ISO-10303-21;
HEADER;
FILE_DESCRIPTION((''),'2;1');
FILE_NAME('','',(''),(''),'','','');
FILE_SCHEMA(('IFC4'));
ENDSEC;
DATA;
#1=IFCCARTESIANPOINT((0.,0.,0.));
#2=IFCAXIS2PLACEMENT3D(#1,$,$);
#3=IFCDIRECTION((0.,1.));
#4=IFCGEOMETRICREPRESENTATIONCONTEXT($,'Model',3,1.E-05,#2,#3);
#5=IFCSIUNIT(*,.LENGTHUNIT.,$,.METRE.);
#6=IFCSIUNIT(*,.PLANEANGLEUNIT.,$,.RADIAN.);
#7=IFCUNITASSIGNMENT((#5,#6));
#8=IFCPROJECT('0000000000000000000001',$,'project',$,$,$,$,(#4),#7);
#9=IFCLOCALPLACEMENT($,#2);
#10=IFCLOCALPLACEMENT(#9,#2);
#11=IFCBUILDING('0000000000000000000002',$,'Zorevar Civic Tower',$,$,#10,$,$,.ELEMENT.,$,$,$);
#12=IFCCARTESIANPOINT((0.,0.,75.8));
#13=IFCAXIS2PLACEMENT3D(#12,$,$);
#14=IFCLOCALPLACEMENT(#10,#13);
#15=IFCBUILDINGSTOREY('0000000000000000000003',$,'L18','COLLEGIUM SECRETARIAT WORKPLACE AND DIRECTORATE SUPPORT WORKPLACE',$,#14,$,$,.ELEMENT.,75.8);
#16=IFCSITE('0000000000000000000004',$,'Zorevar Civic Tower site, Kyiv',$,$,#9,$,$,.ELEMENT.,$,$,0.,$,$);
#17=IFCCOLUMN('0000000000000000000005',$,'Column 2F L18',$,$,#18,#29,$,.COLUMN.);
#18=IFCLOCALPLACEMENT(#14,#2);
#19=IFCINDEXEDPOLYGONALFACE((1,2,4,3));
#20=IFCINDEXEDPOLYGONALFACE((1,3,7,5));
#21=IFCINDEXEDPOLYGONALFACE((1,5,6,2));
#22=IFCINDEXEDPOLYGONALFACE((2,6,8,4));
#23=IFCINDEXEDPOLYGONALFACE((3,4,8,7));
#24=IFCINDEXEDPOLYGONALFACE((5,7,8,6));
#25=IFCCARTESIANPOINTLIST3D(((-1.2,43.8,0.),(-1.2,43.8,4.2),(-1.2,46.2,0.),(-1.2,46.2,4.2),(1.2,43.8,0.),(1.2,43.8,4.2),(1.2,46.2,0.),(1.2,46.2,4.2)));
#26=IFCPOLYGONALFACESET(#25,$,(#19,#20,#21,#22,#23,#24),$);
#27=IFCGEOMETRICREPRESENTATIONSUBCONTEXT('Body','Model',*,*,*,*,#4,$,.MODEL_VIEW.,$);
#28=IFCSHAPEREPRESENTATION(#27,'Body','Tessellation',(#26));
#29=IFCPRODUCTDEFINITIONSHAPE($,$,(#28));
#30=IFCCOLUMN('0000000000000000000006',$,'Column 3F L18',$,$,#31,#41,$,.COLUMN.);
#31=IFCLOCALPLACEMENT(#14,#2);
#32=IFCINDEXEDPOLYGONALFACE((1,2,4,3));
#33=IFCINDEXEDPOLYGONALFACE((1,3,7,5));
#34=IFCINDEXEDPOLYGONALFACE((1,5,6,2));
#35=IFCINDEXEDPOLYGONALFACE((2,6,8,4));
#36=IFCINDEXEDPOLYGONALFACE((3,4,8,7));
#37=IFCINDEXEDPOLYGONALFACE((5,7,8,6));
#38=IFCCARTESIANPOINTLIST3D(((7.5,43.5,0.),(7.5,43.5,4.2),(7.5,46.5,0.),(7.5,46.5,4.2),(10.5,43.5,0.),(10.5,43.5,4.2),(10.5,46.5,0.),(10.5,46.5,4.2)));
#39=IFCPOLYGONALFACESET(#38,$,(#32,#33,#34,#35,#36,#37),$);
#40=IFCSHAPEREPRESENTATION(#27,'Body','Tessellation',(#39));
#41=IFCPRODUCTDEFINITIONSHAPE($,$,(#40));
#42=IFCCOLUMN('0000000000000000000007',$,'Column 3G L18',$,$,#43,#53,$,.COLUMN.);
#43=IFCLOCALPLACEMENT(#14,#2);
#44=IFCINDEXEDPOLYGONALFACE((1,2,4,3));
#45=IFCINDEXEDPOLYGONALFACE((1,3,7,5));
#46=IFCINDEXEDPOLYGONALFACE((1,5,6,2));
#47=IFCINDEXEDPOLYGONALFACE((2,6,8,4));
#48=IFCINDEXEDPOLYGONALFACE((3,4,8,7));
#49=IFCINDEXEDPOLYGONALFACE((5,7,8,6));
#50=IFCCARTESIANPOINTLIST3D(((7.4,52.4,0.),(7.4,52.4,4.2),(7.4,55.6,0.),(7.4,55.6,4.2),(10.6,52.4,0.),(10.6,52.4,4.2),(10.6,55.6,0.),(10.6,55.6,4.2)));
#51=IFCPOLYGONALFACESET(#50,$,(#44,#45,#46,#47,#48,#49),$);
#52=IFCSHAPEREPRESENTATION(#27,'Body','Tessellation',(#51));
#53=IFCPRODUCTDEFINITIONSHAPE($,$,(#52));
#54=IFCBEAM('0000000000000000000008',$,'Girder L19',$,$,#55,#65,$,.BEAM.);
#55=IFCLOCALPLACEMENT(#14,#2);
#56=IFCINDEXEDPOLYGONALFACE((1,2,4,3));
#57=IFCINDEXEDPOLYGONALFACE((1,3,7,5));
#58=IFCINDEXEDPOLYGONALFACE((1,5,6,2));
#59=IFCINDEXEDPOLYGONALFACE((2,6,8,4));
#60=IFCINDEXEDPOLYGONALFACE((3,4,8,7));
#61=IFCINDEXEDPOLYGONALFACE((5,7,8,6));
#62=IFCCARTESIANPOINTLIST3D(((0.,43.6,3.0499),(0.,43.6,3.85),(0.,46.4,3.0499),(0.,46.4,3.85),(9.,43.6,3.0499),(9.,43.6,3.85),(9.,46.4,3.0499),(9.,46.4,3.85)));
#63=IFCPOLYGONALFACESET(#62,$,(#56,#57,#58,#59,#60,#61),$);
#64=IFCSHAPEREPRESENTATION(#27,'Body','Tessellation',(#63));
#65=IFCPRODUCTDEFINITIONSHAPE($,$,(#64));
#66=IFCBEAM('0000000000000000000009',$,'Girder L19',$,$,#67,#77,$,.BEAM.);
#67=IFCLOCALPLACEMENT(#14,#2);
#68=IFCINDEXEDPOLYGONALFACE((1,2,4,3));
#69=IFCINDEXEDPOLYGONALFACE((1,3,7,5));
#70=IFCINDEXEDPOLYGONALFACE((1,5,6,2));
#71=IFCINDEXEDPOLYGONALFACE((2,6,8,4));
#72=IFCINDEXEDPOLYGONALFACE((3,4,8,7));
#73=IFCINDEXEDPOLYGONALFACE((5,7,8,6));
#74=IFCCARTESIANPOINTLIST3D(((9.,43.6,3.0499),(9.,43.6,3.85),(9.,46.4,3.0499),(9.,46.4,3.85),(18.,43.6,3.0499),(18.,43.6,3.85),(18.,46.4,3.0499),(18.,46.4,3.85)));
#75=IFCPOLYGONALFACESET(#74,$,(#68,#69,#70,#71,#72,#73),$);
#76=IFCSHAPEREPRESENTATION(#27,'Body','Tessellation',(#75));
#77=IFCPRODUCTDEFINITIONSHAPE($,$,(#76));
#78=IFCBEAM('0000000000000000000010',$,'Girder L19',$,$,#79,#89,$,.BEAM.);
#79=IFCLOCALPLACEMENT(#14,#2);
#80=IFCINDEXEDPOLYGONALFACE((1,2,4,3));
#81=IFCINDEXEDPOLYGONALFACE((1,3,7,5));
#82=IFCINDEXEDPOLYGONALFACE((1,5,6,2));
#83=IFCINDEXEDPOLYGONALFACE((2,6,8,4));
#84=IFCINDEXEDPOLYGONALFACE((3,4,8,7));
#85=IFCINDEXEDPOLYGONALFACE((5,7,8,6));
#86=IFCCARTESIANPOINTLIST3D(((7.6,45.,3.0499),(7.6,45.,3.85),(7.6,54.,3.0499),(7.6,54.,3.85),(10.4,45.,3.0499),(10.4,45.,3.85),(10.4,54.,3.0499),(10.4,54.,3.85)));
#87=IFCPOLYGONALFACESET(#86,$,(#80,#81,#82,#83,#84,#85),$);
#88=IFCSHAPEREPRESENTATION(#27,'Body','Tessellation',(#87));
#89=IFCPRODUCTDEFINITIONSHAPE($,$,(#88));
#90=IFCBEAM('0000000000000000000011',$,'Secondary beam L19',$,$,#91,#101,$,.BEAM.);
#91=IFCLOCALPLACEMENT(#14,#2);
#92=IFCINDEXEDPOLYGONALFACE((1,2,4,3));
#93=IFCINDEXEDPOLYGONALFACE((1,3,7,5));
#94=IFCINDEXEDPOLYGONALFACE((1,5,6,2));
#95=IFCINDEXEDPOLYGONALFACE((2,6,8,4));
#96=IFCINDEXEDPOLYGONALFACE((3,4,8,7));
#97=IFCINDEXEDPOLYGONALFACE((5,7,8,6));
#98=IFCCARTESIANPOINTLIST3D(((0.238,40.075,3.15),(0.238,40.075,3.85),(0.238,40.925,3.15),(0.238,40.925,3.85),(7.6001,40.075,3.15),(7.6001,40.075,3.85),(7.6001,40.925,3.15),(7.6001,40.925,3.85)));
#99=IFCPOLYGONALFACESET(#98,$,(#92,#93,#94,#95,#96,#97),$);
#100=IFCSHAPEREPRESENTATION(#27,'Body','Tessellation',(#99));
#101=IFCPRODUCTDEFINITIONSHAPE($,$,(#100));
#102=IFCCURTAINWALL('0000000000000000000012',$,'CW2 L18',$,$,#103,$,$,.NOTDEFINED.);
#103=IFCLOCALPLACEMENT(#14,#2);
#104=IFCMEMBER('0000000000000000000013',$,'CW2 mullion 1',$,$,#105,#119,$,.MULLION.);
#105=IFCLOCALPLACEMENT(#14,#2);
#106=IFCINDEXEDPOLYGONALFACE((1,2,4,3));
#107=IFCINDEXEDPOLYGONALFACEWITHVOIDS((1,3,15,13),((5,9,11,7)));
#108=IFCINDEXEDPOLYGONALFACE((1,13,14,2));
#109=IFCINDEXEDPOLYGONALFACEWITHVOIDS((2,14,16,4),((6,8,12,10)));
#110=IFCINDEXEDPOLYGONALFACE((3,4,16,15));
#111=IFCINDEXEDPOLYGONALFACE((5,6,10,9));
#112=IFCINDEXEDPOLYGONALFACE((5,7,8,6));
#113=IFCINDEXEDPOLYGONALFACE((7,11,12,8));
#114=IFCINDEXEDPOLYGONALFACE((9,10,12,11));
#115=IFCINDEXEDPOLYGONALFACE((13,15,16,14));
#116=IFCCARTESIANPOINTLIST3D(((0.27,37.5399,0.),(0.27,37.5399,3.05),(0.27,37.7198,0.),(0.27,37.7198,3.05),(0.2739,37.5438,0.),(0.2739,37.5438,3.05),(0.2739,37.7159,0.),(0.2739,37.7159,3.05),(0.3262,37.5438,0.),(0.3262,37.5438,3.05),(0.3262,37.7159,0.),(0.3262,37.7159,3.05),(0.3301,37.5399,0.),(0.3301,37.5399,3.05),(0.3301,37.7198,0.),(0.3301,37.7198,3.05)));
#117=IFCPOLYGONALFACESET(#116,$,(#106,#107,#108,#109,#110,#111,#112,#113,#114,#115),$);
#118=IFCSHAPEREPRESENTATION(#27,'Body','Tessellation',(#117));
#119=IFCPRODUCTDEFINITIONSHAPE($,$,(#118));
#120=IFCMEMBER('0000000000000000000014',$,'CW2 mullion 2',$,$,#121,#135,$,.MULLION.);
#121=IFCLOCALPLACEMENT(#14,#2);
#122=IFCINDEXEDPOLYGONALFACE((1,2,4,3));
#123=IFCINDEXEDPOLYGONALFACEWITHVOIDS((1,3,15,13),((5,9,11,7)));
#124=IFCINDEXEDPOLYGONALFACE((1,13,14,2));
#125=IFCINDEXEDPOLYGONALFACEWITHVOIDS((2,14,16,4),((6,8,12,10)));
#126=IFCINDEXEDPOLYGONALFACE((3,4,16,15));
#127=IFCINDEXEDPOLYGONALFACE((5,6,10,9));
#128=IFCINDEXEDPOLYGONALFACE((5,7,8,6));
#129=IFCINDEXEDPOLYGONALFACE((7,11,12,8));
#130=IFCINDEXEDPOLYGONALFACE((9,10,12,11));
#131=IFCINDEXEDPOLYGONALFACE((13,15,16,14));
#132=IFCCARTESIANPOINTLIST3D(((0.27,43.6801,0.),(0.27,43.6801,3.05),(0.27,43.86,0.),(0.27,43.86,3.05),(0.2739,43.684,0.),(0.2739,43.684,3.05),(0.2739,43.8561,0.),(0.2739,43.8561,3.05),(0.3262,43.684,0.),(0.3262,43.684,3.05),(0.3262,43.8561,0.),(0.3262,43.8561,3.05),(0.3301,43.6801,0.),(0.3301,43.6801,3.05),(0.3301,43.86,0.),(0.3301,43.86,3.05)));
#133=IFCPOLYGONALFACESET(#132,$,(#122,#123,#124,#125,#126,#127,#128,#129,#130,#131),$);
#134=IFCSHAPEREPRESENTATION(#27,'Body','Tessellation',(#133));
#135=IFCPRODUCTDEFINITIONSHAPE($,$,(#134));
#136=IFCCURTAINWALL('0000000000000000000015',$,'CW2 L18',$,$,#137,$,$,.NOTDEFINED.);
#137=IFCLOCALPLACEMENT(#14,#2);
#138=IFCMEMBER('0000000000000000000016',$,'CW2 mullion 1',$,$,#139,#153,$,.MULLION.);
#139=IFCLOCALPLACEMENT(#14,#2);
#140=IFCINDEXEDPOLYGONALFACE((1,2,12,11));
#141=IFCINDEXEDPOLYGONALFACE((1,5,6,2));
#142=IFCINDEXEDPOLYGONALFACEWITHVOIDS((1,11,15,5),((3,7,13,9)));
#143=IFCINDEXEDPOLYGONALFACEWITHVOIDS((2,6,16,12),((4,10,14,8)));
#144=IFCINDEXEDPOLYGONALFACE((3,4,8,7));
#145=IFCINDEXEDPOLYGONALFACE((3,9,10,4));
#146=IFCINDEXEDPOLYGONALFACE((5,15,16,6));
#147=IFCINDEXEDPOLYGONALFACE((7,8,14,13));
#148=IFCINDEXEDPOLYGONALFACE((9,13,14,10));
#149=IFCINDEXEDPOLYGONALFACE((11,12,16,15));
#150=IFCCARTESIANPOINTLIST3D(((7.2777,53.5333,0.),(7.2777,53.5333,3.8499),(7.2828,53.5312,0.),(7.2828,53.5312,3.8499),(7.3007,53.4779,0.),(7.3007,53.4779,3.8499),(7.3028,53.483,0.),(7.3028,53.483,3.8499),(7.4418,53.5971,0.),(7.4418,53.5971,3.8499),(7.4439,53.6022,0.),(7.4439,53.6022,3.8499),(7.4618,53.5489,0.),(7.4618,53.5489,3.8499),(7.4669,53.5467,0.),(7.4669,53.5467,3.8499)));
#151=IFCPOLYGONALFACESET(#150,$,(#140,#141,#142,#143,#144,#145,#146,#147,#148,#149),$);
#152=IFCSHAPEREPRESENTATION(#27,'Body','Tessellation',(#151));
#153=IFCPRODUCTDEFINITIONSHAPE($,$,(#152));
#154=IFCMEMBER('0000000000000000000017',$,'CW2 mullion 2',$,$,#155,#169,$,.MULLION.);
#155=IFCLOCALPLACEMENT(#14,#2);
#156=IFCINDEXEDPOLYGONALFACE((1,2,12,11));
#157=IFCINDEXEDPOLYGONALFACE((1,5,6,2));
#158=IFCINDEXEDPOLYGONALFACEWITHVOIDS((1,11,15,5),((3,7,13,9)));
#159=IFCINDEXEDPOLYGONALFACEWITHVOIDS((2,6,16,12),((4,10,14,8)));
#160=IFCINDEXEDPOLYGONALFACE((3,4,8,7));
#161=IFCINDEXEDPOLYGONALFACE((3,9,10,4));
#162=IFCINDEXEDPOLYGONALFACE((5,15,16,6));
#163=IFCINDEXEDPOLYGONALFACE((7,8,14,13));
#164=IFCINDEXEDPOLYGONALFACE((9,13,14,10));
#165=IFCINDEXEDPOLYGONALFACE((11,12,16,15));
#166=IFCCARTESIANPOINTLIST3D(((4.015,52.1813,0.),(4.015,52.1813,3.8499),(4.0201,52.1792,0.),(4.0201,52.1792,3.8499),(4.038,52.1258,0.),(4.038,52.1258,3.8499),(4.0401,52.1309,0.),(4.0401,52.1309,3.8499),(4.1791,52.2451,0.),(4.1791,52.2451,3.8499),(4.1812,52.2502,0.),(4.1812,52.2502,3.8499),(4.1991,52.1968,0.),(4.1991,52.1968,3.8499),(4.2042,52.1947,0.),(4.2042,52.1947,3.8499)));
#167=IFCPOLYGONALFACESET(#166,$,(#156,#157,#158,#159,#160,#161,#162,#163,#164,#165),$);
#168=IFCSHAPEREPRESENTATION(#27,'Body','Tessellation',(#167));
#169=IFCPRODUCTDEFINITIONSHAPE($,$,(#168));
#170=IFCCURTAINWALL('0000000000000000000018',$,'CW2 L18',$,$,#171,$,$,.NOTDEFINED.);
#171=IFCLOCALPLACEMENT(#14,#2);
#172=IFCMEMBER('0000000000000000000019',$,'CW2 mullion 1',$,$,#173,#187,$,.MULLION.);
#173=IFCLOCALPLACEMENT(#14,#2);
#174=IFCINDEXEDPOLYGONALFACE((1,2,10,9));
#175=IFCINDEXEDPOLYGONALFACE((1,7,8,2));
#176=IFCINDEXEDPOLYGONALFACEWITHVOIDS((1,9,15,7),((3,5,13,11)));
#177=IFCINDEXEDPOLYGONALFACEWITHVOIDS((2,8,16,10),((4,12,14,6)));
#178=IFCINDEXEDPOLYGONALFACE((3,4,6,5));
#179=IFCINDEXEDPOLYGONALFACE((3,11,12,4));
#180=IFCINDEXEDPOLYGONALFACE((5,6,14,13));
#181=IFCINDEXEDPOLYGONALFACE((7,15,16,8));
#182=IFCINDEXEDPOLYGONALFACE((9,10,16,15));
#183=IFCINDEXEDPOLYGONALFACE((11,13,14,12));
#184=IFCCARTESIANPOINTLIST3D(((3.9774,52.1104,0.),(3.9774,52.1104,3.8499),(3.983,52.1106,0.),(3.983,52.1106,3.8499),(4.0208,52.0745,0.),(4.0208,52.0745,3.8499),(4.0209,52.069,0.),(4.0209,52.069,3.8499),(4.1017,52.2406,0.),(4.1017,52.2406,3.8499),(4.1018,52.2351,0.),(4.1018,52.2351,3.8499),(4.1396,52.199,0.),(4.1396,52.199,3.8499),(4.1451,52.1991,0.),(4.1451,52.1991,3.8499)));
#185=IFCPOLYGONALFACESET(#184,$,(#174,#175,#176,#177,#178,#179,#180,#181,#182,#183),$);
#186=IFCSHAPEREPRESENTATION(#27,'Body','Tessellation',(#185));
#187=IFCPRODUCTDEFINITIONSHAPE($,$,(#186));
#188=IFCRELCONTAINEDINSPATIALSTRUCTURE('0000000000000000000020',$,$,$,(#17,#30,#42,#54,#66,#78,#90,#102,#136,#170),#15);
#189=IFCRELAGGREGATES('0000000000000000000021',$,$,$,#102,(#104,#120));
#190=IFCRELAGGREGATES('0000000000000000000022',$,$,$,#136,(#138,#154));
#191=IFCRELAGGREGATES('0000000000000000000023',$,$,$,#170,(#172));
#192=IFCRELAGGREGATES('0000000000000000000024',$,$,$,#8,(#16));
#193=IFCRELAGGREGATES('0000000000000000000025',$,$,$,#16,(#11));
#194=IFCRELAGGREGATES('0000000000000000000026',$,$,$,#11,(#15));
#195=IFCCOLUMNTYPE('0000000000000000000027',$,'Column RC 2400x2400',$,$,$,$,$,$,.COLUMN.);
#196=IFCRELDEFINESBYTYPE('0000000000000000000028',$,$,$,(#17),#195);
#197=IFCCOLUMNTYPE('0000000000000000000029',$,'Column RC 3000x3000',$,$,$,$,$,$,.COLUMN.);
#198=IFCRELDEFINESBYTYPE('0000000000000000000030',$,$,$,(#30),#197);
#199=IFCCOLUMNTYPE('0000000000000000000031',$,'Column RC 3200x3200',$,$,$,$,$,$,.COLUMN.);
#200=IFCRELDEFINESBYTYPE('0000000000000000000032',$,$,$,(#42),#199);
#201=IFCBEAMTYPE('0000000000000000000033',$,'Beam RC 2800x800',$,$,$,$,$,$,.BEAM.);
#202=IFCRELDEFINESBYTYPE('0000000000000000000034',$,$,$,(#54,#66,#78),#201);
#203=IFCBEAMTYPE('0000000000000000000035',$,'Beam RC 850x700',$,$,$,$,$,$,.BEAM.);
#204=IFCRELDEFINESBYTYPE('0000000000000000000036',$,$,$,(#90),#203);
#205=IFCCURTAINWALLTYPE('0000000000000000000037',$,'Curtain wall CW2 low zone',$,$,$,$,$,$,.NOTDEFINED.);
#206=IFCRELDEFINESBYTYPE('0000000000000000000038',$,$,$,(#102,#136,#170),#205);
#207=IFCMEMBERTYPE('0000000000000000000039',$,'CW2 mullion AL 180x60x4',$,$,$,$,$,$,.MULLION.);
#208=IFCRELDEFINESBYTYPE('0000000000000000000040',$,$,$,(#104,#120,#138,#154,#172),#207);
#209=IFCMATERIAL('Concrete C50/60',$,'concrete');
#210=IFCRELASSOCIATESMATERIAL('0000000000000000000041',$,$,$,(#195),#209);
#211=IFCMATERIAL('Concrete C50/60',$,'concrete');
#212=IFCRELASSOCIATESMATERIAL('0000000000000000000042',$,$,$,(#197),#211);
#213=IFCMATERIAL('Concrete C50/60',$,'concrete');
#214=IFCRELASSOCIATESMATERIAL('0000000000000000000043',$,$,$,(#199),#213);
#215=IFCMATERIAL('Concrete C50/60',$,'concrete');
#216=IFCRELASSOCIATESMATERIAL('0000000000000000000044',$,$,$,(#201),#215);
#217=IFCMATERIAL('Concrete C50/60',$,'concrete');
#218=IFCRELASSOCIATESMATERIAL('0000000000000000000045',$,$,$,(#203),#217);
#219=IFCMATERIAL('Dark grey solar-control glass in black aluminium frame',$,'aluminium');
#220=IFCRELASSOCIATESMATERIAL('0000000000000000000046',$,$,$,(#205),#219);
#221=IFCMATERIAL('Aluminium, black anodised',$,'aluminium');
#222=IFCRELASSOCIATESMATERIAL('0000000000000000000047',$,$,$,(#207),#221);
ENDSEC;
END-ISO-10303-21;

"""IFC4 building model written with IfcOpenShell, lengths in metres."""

from ifc_helpers import new_model, si_unit, direction, frame, origin, origin_2d, place, context, subcontext, project, spatial, rectangle, hollow_rectangle, extrude, material, material_profile, profile_set, type_object, element, aggregate, save


model = new_model("IFC4")

# Units and contexts
model_context = context("Model", 3, precision=1e-05, world=origin(), true_north=direction((0.0, 1.0)))
body_context = subcontext(model_context, "Body", "Model", "MODEL_VIEW")
ifc_project = project(units=[si_unit("LENGTHUNIT", "METRE"), si_unit("PLANEANGLEUNIT", "RADIAN")], contexts=[model_context])

# Site, building, storey
site_placement = place(None, origin())
site = spatial("IfcSite", under=ifc_project, at=site_placement, Name="Zorevar Civic Tower site, Kyiv", CompositionType="ELEMENT", RefElevation=0.0)
building_placement = place(site_placement, origin())
building = spatial("IfcBuilding", under=site, at=building_placement, Name="Zorevar Civic Tower", CompositionType="ELEMENT")
storey_placement = place(building_placement, frame((0.0, 0.0, 75.8)))
storey = spatial("IfcBuildingStorey", under=building, at=storey_placement, Name="L18", Description="COLLEGIUM SECRETARIAT WORKPLACE AND DIRECTORATE SUPPORT WORKPLACE", CompositionType="ELEMENT", Elevation=75.8)

# Columns
ifc_material_1 = material(Name="Concrete C50/60", Category="concrete")
ifc_material_profile_1 = material_profile(ifc_material_1, rectangle(XDim=2.3999, YDim=2.3999, at=origin_2d()), Name="RC 2400x2400")
ifc_profile_set_1 = profile_set([ifc_material_profile_1], Name="Concrete C50/60")
column_type_1 = type_object("IfcColumnType", Name="Column RC 2400x2400", PredefinedType="COLUMN", material=ifc_profile_set_1)
column_1_placement = place(storey_placement, frame((0.0, 45.0, 0.0), z_axis=(0.0, 0.0, 1.0), x_axis=(1.0, 0.0, 0.0)))
element("IfcColumn", 1, at=column_1_placement, inside=storey, type_object=column_type_1, Name="Column 2F L18", PredefinedType="COLUMN", context=body_context, shape_type="SweptSolid", body=[
    extrude(rectangle(XDim=2.3999, YDim=2.3999, at=origin_2d()), origin(), (0.0, 0.0, 1.0), 4.2),
])
ifc_material_2 = material(Name="Concrete C50/60", Category="concrete")
ifc_material_profile_2 = material_profile(ifc_material_2, rectangle(XDim=3.0, YDim=3.0, at=origin_2d()), Name="RC 3000x3000")
ifc_profile_set_2 = profile_set([ifc_material_profile_2], Name="Concrete C50/60")
column_type_2 = type_object("IfcColumnType", Name="Column RC 3000x3000", PredefinedType="COLUMN", material=ifc_profile_set_2)
column_2_placement = place(storey_placement, frame((9.0, 45.0, 0.0), z_axis=(0.0, 0.0, 1.0), x_axis=(1.0, 0.0, 0.0)))
element("IfcColumn", 2, at=column_2_placement, inside=storey, type_object=column_type_2, Name="Column 3F L18", PredefinedType="COLUMN", context=body_context, shape_type="SweptSolid", body=[
    extrude(rectangle(XDim=3.0, YDim=3.0, at=origin_2d()), origin(), (0.0, 0.0, 1.0), 4.2),
])
ifc_material_3 = material(Name="Concrete C50/60", Category="concrete")
ifc_material_profile_3 = material_profile(ifc_material_3, rectangle(XDim=3.2, YDim=3.2, at=origin_2d()), Name="RC 3200x3200")
ifc_profile_set_3 = profile_set([ifc_material_profile_3], Name="Concrete C50/60")
column_type_3 = type_object("IfcColumnType", Name="Column RC 3200x3200", PredefinedType="COLUMN", material=ifc_profile_set_3)
column_3_placement = place(storey_placement, frame((9.0, 54.0, 0.0), z_axis=(0.0, 0.0, 1.0), x_axis=(1.0, 0.0, 0.0)))
element("IfcColumn", 3, at=column_3_placement, inside=storey, type_object=column_type_3, Name="Column 3G L18", PredefinedType="COLUMN", context=body_context, shape_type="SweptSolid", body=[
    extrude(rectangle(XDim=3.2, YDim=3.2, at=origin_2d()), origin(), (0.0, 0.0, 1.0), 4.2),
])

# Beams
ifc_material_4 = material(Name="Concrete C50/60", Category="concrete")
ifc_material_profile_4 = material_profile(ifc_material_4, rectangle(XDim=2.8, YDim=0.8, at=origin_2d()), Name="RC 2800x800")
ifc_profile_set_4 = profile_set([ifc_material_profile_4], Name="Concrete C50/60")
beam_type_1 = type_object("IfcBeamType", Name="Beam RC 2800x800", PredefinedType="BEAM", material=ifc_profile_set_4)
for number, where, z_axis, x_axis, name in (
    (4, (0.0, 45.0, 3.45), (1.0, 0.0, 0.0), (0.0, 1.0, 0.0), "Girder L19"),
    (5, (9.0, 45.0, 3.45), (1.0, 0.0, 0.0), (0.0, 1.0, 0.0), "Girder L19"),
    (6, (9.0, 45.0, 3.45), (0.0, 1.0, 0.0), (-1.0, 0.0, 0.0), "Girder L19"),
):
    element("IfcBeam", number, at=place(storey_placement, frame(where, z_axis=z_axis, x_axis=x_axis)), inside=storey, type_object=beam_type_1, Name=name, PredefinedType="BEAM", context=body_context, shape_type="SweptSolid", body=[
        extrude(rectangle(XDim=2.8, YDim=0.8, at=origin_2d()), origin(), (0.0, 0.0, 1.0), 9.0),
    ])
ifc_material_5 = material(Name="Concrete C50/60", Category="concrete")
ifc_material_profile_5 = material_profile(ifc_material_5, rectangle(XDim=0.8501, YDim=0.7, at=origin_2d()), Name="RC 850x700")
ifc_profile_set_5 = profile_set([ifc_material_profile_5], Name="Concrete C50/60")
beam_type_2 = type_object("IfcBeamType", Name="Beam RC 850x700", PredefinedType="BEAM", material=ifc_profile_set_5)
beam_placement = place(storey_placement, frame((0.238, 40.5, 3.5), z_axis=(1.0, 0.0, 0.0), x_axis=(0.0, 1.0, 0.0)))
element("IfcBeam", 7, at=beam_placement, inside=storey, type_object=beam_type_2, Name="Secondary beam L19", PredefinedType="BEAM", context=body_context, shape_type="SweptSolid", body=[
    extrude(rectangle(XDim=0.8501, YDim=0.7, at=origin_2d()), origin(), (0.0, 0.0, 1.0), 7.3621),
])

# Curtain walls, members
ifc_material_6 = material(Name="Dark grey solar-control glass in black aluminium frame", Category="aluminium")
curtain_wall_type = type_object("IfcCurtainWallType", Name="Curtain wall CW2 low zone", PredefinedType="NOTDEFINED", material=ifc_material_6)
curtain_wall_1_placement = place(storey_placement, origin())
curtain_wall_1 = element("IfcCurtainWall", 8, at=curtain_wall_1_placement, inside=storey, type_object=curtain_wall_type, Name="CW2 L18", PredefinedType="NOTDEFINED")
ifc_material_7 = material(Name="Aluminium, black anodised", Category="aluminium")
ifc_material_profile_6 = material_profile(ifc_material_7, hollow_rectangle(XDim=0.0601, YDim=0.1799, WallThickness=0.0039, at=origin_2d()), Name="AL 180x60x4")
ifc_profile_set_6 = profile_set([ifc_material_profile_6], Name="Aluminium, black anodised")
member_type_1 = type_object("IfcMemberType", Name="CW2 mullion AL 180x60x4", PredefinedType="MULLION", material=ifc_profile_set_6)
member_1_placement = place(storey_placement, frame((0.3, 37.6299, 0.0), z_axis=(0.0, 0.0, 1.0), x_axis=(-1.0, 0.0, 0.0)))
member_1 = element("IfcMember", 9, at=member_1_placement, type_object=member_type_1, Name="CW2 mullion 1", PredefinedType="MULLION", context=body_context, shape_type="SweptSolid", body=[
    extrude(hollow_rectangle(XDim=0.0601, YDim=0.1799, WallThickness=0.0039, at=origin_2d()), origin(), (0.0, 0.0, 1.0), 3.05),
])
member_2_placement = place(storey_placement, frame((0.3, 43.77, 0.0), z_axis=(0.0, 0.0, 1.0), x_axis=(-1.0, 0.0, 0.0)))
member_2 = element("IfcMember", 10, at=member_2_placement, type_object=member_type_1, Name="CW2 mullion 2", PredefinedType="MULLION", context=body_context, shape_type="SweptSolid", body=[
    extrude(hollow_rectangle(XDim=0.0601, YDim=0.1799, WallThickness=0.0039, at=origin_2d()), origin(), (0.0, 0.0, 1.0), 3.05),
])
curtain_wall_2_placement = place(storey_placement, origin())
curtain_wall_2 = element("IfcCurtainWall", 11, at=curtain_wall_2_placement, inside=storey, type_object=curtain_wall_type, Name="CW2 L18", PredefinedType="NOTDEFINED")
member_3_placement = place(storey_placement, frame((7.3723, 53.54, 0.0), z_axis=(0.0, 0.0, 1.0), x_axis=(0.382841, -0.923814, 0.0)))
member_3 = element("IfcMember", 12, at=member_3_placement, type_object=member_type_1, Name="CW2 mullion 1", PredefinedType="MULLION", context=body_context, shape_type="SweptSolid", body=[
    extrude(hollow_rectangle(XDim=0.0601, YDim=0.1799, WallThickness=0.0039, at=origin_2d()), origin(), (0.0, 0.0, 1.0), 3.8499),
])
member_4_placement = place(storey_placement, frame((4.1096, 52.188, 0.0), z_axis=(0.0, 0.0, 1.0), x_axis=(0.382841, -0.923814, 0.0)))
member_4 = element("IfcMember", 13, at=member_4_placement, type_object=member_type_1, Name="CW2 mullion 2", PredefinedType="MULLION", context=body_context, shape_type="SweptSolid", body=[
    extrude(hollow_rectangle(XDim=0.0601, YDim=0.1799, WallThickness=0.0039, at=origin_2d()), origin(), (0.0, 0.0, 1.0), 3.8499),
])
curtain_wall_3_placement = place(storey_placement, origin())
curtain_wall_3 = element("IfcCurtainWall", 14, at=curtain_wall_3_placement, inside=storey, type_object=curtain_wall_type, Name="CW2 L18", PredefinedType="NOTDEFINED")
member_5_placement = place(storey_placement, frame((4.0613, 52.1548, 0.0), z_axis=(0.0, 0.0, 1.0), x_axis=(0.723393, -0.690437, 0.0)))
member_5 = element("IfcMember", 15, at=member_5_placement, type_object=member_type_1, Name="CW2 mullion 1", PredefinedType="MULLION", context=body_context, shape_type="SweptSolid", body=[
    extrude(hollow_rectangle(XDim=0.0601, YDim=0.1799, WallThickness=0.0039, at=origin_2d()), origin(), (0.0, 0.0, 1.0), 3.8499),
])

aggregate(curtain_wall_1, [member_1, member_2])
aggregate(curtain_wall_2, [member_3, member_4])
aggregate(curtain_wall_3, [member_5])

save(model, "model.ifc")
